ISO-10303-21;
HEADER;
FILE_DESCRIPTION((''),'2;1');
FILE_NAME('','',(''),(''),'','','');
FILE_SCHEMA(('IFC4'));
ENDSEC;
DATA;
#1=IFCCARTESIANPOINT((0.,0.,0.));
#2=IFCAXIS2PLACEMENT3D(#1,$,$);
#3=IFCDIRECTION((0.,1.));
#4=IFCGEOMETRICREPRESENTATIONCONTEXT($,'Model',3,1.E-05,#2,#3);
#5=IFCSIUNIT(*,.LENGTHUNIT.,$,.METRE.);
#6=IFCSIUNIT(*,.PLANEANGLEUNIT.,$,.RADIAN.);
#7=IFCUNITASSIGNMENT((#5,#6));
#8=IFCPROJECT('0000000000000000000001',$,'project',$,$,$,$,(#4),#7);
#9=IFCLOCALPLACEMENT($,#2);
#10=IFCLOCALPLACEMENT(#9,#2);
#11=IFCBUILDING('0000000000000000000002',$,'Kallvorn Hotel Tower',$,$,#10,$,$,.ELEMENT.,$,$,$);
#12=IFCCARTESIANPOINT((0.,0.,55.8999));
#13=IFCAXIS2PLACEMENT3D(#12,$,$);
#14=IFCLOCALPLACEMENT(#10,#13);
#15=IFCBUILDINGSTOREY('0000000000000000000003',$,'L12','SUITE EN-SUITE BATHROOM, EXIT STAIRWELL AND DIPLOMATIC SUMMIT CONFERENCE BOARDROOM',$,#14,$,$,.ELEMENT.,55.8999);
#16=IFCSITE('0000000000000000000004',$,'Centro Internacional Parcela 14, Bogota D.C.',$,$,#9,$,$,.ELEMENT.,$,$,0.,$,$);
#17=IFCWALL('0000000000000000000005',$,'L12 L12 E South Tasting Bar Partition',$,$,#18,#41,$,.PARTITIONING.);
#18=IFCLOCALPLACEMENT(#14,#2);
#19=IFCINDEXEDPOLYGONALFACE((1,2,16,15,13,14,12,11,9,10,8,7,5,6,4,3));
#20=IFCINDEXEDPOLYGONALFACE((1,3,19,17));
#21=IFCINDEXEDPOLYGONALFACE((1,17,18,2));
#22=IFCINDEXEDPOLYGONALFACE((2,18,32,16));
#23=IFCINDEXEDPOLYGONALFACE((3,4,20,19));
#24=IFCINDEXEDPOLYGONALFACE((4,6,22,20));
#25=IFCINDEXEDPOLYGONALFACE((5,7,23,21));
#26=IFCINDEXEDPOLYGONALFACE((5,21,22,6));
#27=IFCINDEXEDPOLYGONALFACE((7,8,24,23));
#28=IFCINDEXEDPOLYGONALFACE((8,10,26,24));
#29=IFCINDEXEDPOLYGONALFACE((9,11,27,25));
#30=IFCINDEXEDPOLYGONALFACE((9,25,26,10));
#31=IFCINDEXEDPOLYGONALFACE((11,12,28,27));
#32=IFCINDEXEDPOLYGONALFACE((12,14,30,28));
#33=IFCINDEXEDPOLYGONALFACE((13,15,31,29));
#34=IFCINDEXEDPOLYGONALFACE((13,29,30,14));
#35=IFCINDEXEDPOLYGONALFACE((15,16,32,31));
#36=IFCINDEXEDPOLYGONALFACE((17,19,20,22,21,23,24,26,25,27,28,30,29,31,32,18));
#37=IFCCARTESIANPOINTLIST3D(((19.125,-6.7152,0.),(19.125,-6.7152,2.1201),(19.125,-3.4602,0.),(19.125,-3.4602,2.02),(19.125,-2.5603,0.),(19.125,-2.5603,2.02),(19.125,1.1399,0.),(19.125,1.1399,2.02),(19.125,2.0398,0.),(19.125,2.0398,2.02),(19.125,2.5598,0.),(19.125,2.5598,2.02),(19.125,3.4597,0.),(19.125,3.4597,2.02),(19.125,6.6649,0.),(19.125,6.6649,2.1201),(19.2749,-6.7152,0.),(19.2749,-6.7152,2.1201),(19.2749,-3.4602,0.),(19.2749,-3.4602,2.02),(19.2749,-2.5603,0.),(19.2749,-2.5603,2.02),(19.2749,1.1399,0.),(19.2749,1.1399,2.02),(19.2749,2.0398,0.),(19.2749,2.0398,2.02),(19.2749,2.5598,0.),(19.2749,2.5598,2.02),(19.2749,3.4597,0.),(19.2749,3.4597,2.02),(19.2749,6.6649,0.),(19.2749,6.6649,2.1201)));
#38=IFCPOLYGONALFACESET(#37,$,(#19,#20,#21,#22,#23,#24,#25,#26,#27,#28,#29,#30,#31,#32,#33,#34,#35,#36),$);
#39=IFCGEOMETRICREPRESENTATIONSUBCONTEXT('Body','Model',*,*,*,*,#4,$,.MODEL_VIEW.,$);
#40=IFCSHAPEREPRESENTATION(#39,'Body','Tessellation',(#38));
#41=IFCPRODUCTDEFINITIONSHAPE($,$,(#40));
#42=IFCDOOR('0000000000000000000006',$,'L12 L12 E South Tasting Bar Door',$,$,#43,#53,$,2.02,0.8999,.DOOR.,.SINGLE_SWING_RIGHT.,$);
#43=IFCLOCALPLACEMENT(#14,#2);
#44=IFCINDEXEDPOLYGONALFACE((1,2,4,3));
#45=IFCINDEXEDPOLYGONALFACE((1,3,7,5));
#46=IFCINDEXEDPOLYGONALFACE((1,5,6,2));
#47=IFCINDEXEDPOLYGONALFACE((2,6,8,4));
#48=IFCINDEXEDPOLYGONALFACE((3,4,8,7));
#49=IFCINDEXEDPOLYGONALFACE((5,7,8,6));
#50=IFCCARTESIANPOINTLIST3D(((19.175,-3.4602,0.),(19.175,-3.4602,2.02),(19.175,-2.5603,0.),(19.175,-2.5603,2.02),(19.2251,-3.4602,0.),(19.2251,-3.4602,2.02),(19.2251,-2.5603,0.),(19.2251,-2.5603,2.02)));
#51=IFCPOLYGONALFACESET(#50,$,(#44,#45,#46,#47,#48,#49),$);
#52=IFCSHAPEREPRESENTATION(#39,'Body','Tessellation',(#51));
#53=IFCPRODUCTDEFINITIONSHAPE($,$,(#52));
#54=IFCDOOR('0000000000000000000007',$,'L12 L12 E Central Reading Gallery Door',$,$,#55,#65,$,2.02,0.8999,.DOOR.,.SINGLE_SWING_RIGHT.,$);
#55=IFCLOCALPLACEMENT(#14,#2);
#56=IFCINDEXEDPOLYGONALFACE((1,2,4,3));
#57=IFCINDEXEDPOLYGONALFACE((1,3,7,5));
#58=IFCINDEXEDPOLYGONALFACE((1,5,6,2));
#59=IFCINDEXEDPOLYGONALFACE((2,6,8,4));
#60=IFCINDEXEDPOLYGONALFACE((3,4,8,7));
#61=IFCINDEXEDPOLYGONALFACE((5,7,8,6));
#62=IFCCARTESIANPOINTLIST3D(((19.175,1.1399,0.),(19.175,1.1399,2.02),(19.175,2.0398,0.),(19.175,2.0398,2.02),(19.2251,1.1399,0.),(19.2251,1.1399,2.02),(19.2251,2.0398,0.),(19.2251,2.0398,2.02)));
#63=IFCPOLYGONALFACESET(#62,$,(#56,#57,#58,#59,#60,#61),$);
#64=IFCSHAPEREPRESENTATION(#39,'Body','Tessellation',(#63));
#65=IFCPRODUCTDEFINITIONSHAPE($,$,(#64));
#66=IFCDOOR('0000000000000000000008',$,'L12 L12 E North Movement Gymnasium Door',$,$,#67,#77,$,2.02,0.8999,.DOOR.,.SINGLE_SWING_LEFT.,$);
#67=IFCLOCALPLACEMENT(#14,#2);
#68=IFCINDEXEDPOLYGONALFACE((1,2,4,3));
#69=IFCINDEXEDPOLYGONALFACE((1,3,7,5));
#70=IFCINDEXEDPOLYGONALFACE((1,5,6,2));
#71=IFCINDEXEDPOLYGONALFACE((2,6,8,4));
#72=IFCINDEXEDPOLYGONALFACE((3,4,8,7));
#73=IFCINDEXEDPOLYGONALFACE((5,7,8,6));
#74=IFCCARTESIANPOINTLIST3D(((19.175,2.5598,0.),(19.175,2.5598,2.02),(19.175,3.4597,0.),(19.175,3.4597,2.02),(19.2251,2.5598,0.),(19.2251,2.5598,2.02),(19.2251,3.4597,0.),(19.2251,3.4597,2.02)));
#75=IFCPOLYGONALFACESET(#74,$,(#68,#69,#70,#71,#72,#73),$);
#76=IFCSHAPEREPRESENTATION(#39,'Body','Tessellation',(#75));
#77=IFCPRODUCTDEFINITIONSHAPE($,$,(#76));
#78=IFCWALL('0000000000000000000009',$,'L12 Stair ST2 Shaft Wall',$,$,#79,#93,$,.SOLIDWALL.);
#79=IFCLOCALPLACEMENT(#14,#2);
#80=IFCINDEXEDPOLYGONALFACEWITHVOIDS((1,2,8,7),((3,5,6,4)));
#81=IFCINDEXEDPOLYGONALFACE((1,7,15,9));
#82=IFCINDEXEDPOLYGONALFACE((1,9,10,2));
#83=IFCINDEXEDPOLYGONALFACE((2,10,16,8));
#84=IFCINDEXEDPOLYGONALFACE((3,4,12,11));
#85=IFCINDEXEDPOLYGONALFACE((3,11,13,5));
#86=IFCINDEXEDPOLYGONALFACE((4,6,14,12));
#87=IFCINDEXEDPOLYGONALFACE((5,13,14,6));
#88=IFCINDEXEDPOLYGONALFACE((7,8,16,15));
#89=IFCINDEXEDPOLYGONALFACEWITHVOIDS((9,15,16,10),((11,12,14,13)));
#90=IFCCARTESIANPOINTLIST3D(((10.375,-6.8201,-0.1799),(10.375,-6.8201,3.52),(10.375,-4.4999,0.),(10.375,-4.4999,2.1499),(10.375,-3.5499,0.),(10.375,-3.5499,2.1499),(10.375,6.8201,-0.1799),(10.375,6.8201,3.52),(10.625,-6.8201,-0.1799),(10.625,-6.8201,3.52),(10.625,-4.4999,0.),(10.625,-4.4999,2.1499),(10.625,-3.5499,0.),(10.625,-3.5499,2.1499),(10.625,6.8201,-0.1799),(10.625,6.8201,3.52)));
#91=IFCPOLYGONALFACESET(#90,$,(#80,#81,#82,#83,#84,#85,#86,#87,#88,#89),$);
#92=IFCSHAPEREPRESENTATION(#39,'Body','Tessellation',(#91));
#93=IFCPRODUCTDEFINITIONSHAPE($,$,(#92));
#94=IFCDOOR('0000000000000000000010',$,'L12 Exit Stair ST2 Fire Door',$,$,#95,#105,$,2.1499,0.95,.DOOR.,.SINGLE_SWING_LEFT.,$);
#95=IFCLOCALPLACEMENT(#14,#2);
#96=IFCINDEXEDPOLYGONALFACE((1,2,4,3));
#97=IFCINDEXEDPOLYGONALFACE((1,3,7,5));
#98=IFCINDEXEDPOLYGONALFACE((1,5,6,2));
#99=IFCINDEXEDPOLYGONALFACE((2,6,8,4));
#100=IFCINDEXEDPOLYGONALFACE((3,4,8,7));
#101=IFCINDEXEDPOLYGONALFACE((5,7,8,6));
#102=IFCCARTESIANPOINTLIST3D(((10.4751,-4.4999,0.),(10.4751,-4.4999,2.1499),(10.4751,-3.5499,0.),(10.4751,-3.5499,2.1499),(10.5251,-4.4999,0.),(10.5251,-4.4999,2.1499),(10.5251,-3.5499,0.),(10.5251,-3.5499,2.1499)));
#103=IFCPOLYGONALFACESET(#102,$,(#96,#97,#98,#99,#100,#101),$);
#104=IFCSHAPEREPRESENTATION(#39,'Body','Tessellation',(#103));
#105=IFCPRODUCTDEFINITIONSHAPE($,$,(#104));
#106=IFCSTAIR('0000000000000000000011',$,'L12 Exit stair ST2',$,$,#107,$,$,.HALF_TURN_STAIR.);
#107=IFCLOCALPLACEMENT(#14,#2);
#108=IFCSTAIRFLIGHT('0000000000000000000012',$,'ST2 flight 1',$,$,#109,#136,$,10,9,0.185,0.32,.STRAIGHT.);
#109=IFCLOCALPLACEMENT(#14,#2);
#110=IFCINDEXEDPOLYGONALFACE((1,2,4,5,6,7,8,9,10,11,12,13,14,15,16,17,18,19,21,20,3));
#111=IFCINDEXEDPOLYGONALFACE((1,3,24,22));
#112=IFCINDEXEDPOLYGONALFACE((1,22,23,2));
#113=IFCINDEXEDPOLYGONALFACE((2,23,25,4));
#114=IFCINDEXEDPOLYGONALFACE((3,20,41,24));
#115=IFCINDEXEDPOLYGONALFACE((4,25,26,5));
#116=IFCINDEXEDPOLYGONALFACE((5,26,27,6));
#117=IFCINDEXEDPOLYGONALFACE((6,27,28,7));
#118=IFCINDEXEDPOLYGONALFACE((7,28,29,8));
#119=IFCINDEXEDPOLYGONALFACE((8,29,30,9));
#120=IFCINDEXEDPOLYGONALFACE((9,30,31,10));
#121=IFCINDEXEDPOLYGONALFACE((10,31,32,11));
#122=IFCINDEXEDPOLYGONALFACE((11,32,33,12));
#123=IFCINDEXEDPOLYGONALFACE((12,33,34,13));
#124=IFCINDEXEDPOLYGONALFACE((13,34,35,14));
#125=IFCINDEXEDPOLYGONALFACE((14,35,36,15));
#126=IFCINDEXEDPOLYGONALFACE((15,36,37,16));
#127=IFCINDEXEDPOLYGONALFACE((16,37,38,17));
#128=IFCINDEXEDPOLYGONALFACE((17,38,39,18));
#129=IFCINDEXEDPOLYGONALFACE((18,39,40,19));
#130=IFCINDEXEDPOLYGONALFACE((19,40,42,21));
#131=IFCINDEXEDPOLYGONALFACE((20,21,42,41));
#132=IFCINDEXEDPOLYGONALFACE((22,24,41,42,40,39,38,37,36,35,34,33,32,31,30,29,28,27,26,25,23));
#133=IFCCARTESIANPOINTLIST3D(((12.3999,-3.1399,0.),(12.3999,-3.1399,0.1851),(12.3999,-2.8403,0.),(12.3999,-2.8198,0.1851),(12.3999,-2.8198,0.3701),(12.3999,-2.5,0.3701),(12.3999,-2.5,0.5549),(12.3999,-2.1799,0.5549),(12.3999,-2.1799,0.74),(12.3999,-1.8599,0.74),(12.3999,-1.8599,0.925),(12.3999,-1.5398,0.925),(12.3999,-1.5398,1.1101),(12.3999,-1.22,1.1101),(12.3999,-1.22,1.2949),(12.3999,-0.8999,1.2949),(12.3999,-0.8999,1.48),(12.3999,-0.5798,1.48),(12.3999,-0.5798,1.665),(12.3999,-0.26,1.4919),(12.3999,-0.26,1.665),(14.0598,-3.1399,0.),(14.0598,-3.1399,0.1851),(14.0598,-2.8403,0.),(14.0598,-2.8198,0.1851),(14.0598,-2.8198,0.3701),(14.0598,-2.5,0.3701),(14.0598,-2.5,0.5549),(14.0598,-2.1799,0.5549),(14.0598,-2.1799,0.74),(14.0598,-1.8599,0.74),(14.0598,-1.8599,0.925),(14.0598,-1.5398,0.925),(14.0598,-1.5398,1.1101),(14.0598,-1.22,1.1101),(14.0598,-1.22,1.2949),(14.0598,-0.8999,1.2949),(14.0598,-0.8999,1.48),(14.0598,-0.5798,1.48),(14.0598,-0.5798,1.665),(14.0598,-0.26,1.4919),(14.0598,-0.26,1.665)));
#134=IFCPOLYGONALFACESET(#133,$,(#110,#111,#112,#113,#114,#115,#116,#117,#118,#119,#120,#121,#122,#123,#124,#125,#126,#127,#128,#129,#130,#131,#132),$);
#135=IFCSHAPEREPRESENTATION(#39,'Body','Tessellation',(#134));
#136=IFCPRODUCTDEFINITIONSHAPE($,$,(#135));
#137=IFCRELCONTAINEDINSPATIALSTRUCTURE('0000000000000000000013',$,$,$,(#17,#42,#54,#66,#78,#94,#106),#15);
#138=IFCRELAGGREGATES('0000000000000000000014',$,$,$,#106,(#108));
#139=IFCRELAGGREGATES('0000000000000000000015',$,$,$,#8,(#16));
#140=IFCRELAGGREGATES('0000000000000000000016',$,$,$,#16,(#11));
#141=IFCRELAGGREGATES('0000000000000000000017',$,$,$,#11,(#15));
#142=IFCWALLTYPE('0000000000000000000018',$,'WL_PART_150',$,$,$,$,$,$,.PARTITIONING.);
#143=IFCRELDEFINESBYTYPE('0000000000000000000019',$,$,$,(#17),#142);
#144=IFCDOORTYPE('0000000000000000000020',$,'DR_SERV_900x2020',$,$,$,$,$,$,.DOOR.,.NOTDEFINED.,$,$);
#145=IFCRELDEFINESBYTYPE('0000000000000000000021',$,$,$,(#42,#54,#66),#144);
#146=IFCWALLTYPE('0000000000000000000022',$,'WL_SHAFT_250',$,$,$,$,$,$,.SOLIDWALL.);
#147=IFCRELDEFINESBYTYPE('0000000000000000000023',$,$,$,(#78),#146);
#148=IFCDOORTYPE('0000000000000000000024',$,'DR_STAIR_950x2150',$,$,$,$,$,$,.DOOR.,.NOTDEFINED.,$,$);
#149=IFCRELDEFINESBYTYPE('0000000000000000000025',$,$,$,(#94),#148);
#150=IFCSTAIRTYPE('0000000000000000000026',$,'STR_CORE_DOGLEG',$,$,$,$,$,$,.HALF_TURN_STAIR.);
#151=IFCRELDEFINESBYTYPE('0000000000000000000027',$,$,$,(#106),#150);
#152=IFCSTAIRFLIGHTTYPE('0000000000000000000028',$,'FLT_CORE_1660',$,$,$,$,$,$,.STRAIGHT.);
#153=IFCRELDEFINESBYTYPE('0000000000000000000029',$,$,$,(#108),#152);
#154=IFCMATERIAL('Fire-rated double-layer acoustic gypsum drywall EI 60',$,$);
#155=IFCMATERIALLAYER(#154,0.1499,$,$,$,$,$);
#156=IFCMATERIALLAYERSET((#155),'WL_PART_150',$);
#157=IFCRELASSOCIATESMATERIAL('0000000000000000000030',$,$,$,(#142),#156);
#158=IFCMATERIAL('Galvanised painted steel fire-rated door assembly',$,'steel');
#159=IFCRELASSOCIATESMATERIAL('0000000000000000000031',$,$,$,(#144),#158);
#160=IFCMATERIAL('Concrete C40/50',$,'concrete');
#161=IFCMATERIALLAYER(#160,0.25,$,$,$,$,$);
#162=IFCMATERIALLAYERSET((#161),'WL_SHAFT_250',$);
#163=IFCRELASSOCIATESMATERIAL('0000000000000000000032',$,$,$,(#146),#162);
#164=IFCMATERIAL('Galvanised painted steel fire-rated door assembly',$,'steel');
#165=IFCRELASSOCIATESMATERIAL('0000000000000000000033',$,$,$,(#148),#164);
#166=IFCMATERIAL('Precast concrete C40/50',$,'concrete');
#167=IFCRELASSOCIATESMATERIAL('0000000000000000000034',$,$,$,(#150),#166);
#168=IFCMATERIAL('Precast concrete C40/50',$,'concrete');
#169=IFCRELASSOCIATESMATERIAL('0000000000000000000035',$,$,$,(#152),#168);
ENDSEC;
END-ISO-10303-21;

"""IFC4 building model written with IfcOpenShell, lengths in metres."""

from ifc_helpers import new_model, si_unit, direction, frame, frame_2d, origin, place, context, subcontext, project, spatial, polyline, rectangle, outline, extrude, material, layer, layer_set, type_object, element, fill, aggregate, save


model = new_model("IFC4")

# Units and contexts
model_context = context("Model", 3, precision=1e-05, world=origin(), true_north=direction((0.0, 1.0)))
body_context = subcontext(model_context, "Body", "Model", "MODEL_VIEW")
ifc_project = project(units=[si_unit("LENGTHUNIT", "METRE"), si_unit("PLANEANGLEUNIT", "RADIAN")], contexts=[model_context])

# Site, building, storey
site_placement = place(None, origin())
site = spatial("IfcSite", under=ifc_project, at=site_placement, Name="Centro Internacional Parcela 14, Bogota D.C.", CompositionType="ELEMENT", RefElevation=0.0)
building_placement = place(site_placement, origin())
building = spatial("IfcBuilding", under=site, at=building_placement, Name="Kallvorn Hotel Tower", CompositionType="ELEMENT")
storey_placement = place(building_placement, frame((0.0, 0.0, 55.8999)))
storey = spatial("IfcBuildingStorey", under=building, at=storey_placement, Name="L12", Description="SUITE EN-SUITE BATHROOM, EXIT STAIRWELL AND DIPLOMATIC SUMMIT CONFERENCE BOARDROOM", CompositionType="ELEMENT", Elevation=55.8999)

# Wall, openings, doors
ifc_material_1 = material(Name="Fire-rated double-layer acoustic gypsum drywall EI 60")
ifc_layer_1 = layer(ifc_material_1, 0.1499)
ifc_layer_set_1 = layer_set([ifc_layer_1], Name="WL_PART_150")
wall_type_1 = type_object("IfcWallType", Name="WL_PART_150", PredefinedType="PARTITIONING", material=ifc_layer_set_1)
wall_1_placement = place(storey_placement, frame((19.2, -6.7151, 0.0), z_axis=(0.0, 0.0, 1.0), x_axis=(0.0, 1.0, 0.0)))
wall_1 = element("IfcWall", 1, at=wall_1_placement, inside=storey, type_object=wall_type_1, Name="L12 L12 E South Tasting Bar Partition", PredefinedType="PARTITIONING", context=body_context, shape_type="SweptSolid", body=[
    extrude(rectangle(XDim=13.3801, YDim=0.1499, at=frame_2d((6.6899, 0.0))), origin(), (0.0, 0.0, 1.0), 2.1201),
])
opening_1_placement = place(wall_1_placement, frame((3.2549, 0.0, 0.0)))
opening_1 = element("IfcOpeningElement", 2, at=opening_1_placement, cuts=wall_1, PredefinedType="OPENING", context=body_context, shape_type="SweptSolid", body=[
    extrude(rectangle(XDim=0.8999, YDim=2.02, at=frame_2d((0.45, 1.01))), frame((0.0, 0.0898, 0.0), z_axis=(0.0, -1.0, 0.0), x_axis=(1.0, 0.0, 0.0)), (0.0, 0.0, 1.0), 0.1799),
])
opening_2_placement = place(wall_1_placement, frame((7.855, 0.0, 0.0)))
opening_2 = element("IfcOpeningElement", 3, at=opening_2_placement, cuts=wall_1, PredefinedType="OPENING", context=body_context, shape_type="SweptSolid", body=[
    extrude(rectangle(XDim=0.8999, YDim=2.02, at=frame_2d((0.45, 1.01))), frame((0.0, 0.0898, 0.0), z_axis=(0.0, -1.0, 0.0), x_axis=(1.0, 0.0, 0.0)), (0.0, 0.0, 1.0), 0.1799),
])
opening_3_placement = place(wall_1_placement, frame((9.2749, 0.0, 0.0)))
opening_3 = element("IfcOpeningElement", 4, at=opening_3_placement, cuts=wall_1, PredefinedType="OPENING", context=body_context, shape_type="SweptSolid", body=[
    extrude(rectangle(XDim=0.8999, YDim=2.02, at=frame_2d((0.45, 1.01))), frame((0.0, 0.0898, 0.0), z_axis=(0.0, -1.0, 0.0), x_axis=(1.0, 0.0, 0.0)), (0.0, 0.0, 1.0), 0.1799),
])
ifc_material_2 = material(Name="Galvanised painted steel fire-rated door assembly", Category="steel")
door_type_1 = type_object("IfcDoorType", Name="DR_SERV_900x2020", OperationType="NOTDEFINED", PredefinedType="DOOR", material=ifc_material_2)
door_1_placement = place(opening_1_placement, origin())
door_1 = element("IfcDoor", 5, at=door_1_placement, inside=storey, type_object=door_type_1, Name="L12 L12 E South Tasting Bar Door", OperationType="SINGLE_SWING_RIGHT", OverallHeight=2.02, OverallWidth=0.8999, PredefinedType="DOOR", context=body_context, shape_type="SweptSolid", body=[
    extrude(rectangle(XDim=0.8999, YDim=2.02, at=frame_2d((0.45, 1.01))), frame((0.0, 0.0249, 0.0), z_axis=(0.0, -1.0, 0.0), x_axis=(1.0, 0.0, 0.0)), (0.0, 0.0, 1.0), 0.05),
])
fill(opening_1, door_1)
door_2_placement = place(opening_2_placement, origin())
door_2 = element("IfcDoor", 6, at=door_2_placement, inside=storey, type_object=door_type_1, Name="L12 L12 E Central Reading Gallery Door", OperationType="SINGLE_SWING_RIGHT", OverallHeight=2.02, OverallWidth=0.8999, PredefinedType="DOOR", context=body_context, shape_type="SweptSolid", body=[
    extrude(rectangle(XDim=0.8999, YDim=2.02, at=frame_2d((0.45, 1.01))), frame((0.0, 0.0249, 0.0), z_axis=(0.0, -1.0, 0.0), x_axis=(1.0, 0.0, 0.0)), (0.0, 0.0, 1.0), 0.05),
])
fill(opening_2, door_2)
door_3_placement = place(opening_3_placement, origin())
door_3 = element("IfcDoor", 7, at=door_3_placement, inside=storey, type_object=door_type_1, Name="L12 L12 E North Movement Gymnasium Door", OperationType="SINGLE_SWING_LEFT", OverallHeight=2.02, OverallWidth=0.8999, PredefinedType="DOOR", context=body_context, shape_type="SweptSolid", body=[
    extrude(rectangle(XDim=0.8999, YDim=2.02, at=frame_2d((0.45, 1.01))), frame((0.0, 0.0249, 0.0), z_axis=(0.0, -1.0, 0.0), x_axis=(1.0, 0.0, 0.0)), (0.0, 0.0, 1.0), 0.05),
])
fill(opening_3, door_3)

# Wall, opening, door
ifc_material_3 = material(Name="Concrete C40/50", Category="concrete")
ifc_layer_2 = layer(ifc_material_3, 0.25)
ifc_layer_set_2 = layer_set([ifc_layer_2], Name="WL_SHAFT_250")
wall_type_2 = type_object("IfcWallType", Name="WL_SHAFT_250", PredefinedType="SOLIDWALL", material=ifc_layer_set_2)
wall_2_placement = place(storey_placement, frame((10.5, -6.8201, -0.1799), z_axis=(0.0, 0.0, 1.0), x_axis=(0.0, 1.0, 0.0)))
wall_2 = element("IfcWall", 8, at=wall_2_placement, inside=storey, type_object=wall_type_2, Name="L12 Stair ST2 Shaft Wall", PredefinedType="SOLIDWALL", context=body_context, shape_type="SweptSolid", body=[
    extrude(rectangle(XDim=13.6401, YDim=0.25, at=frame_2d((6.8201, 0.0))), origin(), (0.0, 0.0, 1.0), 3.7),
])
opening_4_placement = place(wall_2_placement, frame((2.3201, 0.0, 0.1799)))
opening_4 = element("IfcOpeningElement", 9, at=opening_4_placement, cuts=wall_2, PredefinedType="OPENING", context=body_context, shape_type="SweptSolid", body=[
    extrude(rectangle(XDim=0.95, YDim=2.1499, at=frame_2d((0.4751, 1.075))), frame((0.0, 0.1399, 0.0), z_axis=(0.0, -1.0, 0.0), x_axis=(1.0, 0.0, 0.0)), (0.0, 0.0, 1.0), 0.28),
])
ifc_material_4 = material(Name="Galvanised painted steel fire-rated door assembly", Category="steel")
door_type_2 = type_object("IfcDoorType", Name="DR_STAIR_950x2150", OperationType="NOTDEFINED", PredefinedType="DOOR", material=ifc_material_4)
door_4_placement = place(opening_4_placement, origin())
door_4 = element("IfcDoor", 10, at=door_4_placement, inside=storey, type_object=door_type_2, Name="L12 Exit Stair ST2 Fire Door", OperationType="SINGLE_SWING_LEFT", OverallHeight=2.1499, OverallWidth=0.95, PredefinedType="DOOR", context=body_context, shape_type="SweptSolid", body=[
    extrude(rectangle(XDim=0.95, YDim=2.1499, at=frame_2d((0.4751, 1.075))), frame((0.0, 0.0249, 0.0), z_axis=(0.0, -1.0, 0.0), x_axis=(1.0, 0.0, 0.0)), (0.0, 0.0, 1.0), 0.05),
])
fill(opening_4, door_4)

# Stair, stair flight
ifc_material_5 = material(Name="Precast concrete C40/50", Category="concrete")
stair_type = type_object("IfcStairType", Name="STR_CORE_DOGLEG", PredefinedType="HALF_TURN_STAIR", material=ifc_material_5)
stair_placement = place(storey_placement, origin())
stair = element("IfcStair", 11, at=stair_placement, inside=storey, type_object=stair_type, Name="L12 Exit stair ST2", PredefinedType="HALF_TURN_STAIR")
ifc_material_6 = material(Name="Precast concrete C40/50", Category="concrete")
stair_flight_type = type_object("IfcStairFlightType", Name="FLT_CORE_1660", PredefinedType="STRAIGHT", material=ifc_material_6)
stair_flight_placement = place(storey_placement, frame((13.23, -3.1399, 0.0), z_axis=(0.0, 0.0, 1.0), x_axis=(0.0, 1.0, 0.0)))
stair_flight = element("IfcStairFlight", 12, at=stair_flight_placement, type_object=stair_flight_type, Name="ST2 flight 1", NumberOfRisers=10, NumberOfTreads=9, PredefinedType="STRAIGHT", RiserHeight=0.185, TreadLength=0.32, context=body_context, shape_type="SweptSolid", body=[
    extrude(outline(polyline([(0.0, 0.0), (0.0, 0.1851), (0.3201, 0.1851), (0.3201, 0.3701), (0.6399, 0.3701), (0.6399, 0.5549), (0.96, 0.5549), (0.96, 0.74), (1.28, 0.74), (1.28, 0.925), (1.6001, 0.925), (1.6001, 1.1101), (1.9199, 1.1101), (1.9199, 1.2949), (2.24, 1.2949), (2.24, 1.48), (2.5601, 1.48), (2.5601, 1.665), (2.8799, 1.665), (2.8799, 1.8501), (2.8799, 1.4919), (0.2996, 0.0), (0.0, 0.0)])), frame((0.0, 0.8301, 0.0), z_axis=(0.0, -1.0, 0.0), x_axis=(1.0, 0.0, 0.0)), (0.0, 0.0, 1.0), 1.6599),
])
aggregate(stair, [stair_flight])

save(model, "model.ifc")
